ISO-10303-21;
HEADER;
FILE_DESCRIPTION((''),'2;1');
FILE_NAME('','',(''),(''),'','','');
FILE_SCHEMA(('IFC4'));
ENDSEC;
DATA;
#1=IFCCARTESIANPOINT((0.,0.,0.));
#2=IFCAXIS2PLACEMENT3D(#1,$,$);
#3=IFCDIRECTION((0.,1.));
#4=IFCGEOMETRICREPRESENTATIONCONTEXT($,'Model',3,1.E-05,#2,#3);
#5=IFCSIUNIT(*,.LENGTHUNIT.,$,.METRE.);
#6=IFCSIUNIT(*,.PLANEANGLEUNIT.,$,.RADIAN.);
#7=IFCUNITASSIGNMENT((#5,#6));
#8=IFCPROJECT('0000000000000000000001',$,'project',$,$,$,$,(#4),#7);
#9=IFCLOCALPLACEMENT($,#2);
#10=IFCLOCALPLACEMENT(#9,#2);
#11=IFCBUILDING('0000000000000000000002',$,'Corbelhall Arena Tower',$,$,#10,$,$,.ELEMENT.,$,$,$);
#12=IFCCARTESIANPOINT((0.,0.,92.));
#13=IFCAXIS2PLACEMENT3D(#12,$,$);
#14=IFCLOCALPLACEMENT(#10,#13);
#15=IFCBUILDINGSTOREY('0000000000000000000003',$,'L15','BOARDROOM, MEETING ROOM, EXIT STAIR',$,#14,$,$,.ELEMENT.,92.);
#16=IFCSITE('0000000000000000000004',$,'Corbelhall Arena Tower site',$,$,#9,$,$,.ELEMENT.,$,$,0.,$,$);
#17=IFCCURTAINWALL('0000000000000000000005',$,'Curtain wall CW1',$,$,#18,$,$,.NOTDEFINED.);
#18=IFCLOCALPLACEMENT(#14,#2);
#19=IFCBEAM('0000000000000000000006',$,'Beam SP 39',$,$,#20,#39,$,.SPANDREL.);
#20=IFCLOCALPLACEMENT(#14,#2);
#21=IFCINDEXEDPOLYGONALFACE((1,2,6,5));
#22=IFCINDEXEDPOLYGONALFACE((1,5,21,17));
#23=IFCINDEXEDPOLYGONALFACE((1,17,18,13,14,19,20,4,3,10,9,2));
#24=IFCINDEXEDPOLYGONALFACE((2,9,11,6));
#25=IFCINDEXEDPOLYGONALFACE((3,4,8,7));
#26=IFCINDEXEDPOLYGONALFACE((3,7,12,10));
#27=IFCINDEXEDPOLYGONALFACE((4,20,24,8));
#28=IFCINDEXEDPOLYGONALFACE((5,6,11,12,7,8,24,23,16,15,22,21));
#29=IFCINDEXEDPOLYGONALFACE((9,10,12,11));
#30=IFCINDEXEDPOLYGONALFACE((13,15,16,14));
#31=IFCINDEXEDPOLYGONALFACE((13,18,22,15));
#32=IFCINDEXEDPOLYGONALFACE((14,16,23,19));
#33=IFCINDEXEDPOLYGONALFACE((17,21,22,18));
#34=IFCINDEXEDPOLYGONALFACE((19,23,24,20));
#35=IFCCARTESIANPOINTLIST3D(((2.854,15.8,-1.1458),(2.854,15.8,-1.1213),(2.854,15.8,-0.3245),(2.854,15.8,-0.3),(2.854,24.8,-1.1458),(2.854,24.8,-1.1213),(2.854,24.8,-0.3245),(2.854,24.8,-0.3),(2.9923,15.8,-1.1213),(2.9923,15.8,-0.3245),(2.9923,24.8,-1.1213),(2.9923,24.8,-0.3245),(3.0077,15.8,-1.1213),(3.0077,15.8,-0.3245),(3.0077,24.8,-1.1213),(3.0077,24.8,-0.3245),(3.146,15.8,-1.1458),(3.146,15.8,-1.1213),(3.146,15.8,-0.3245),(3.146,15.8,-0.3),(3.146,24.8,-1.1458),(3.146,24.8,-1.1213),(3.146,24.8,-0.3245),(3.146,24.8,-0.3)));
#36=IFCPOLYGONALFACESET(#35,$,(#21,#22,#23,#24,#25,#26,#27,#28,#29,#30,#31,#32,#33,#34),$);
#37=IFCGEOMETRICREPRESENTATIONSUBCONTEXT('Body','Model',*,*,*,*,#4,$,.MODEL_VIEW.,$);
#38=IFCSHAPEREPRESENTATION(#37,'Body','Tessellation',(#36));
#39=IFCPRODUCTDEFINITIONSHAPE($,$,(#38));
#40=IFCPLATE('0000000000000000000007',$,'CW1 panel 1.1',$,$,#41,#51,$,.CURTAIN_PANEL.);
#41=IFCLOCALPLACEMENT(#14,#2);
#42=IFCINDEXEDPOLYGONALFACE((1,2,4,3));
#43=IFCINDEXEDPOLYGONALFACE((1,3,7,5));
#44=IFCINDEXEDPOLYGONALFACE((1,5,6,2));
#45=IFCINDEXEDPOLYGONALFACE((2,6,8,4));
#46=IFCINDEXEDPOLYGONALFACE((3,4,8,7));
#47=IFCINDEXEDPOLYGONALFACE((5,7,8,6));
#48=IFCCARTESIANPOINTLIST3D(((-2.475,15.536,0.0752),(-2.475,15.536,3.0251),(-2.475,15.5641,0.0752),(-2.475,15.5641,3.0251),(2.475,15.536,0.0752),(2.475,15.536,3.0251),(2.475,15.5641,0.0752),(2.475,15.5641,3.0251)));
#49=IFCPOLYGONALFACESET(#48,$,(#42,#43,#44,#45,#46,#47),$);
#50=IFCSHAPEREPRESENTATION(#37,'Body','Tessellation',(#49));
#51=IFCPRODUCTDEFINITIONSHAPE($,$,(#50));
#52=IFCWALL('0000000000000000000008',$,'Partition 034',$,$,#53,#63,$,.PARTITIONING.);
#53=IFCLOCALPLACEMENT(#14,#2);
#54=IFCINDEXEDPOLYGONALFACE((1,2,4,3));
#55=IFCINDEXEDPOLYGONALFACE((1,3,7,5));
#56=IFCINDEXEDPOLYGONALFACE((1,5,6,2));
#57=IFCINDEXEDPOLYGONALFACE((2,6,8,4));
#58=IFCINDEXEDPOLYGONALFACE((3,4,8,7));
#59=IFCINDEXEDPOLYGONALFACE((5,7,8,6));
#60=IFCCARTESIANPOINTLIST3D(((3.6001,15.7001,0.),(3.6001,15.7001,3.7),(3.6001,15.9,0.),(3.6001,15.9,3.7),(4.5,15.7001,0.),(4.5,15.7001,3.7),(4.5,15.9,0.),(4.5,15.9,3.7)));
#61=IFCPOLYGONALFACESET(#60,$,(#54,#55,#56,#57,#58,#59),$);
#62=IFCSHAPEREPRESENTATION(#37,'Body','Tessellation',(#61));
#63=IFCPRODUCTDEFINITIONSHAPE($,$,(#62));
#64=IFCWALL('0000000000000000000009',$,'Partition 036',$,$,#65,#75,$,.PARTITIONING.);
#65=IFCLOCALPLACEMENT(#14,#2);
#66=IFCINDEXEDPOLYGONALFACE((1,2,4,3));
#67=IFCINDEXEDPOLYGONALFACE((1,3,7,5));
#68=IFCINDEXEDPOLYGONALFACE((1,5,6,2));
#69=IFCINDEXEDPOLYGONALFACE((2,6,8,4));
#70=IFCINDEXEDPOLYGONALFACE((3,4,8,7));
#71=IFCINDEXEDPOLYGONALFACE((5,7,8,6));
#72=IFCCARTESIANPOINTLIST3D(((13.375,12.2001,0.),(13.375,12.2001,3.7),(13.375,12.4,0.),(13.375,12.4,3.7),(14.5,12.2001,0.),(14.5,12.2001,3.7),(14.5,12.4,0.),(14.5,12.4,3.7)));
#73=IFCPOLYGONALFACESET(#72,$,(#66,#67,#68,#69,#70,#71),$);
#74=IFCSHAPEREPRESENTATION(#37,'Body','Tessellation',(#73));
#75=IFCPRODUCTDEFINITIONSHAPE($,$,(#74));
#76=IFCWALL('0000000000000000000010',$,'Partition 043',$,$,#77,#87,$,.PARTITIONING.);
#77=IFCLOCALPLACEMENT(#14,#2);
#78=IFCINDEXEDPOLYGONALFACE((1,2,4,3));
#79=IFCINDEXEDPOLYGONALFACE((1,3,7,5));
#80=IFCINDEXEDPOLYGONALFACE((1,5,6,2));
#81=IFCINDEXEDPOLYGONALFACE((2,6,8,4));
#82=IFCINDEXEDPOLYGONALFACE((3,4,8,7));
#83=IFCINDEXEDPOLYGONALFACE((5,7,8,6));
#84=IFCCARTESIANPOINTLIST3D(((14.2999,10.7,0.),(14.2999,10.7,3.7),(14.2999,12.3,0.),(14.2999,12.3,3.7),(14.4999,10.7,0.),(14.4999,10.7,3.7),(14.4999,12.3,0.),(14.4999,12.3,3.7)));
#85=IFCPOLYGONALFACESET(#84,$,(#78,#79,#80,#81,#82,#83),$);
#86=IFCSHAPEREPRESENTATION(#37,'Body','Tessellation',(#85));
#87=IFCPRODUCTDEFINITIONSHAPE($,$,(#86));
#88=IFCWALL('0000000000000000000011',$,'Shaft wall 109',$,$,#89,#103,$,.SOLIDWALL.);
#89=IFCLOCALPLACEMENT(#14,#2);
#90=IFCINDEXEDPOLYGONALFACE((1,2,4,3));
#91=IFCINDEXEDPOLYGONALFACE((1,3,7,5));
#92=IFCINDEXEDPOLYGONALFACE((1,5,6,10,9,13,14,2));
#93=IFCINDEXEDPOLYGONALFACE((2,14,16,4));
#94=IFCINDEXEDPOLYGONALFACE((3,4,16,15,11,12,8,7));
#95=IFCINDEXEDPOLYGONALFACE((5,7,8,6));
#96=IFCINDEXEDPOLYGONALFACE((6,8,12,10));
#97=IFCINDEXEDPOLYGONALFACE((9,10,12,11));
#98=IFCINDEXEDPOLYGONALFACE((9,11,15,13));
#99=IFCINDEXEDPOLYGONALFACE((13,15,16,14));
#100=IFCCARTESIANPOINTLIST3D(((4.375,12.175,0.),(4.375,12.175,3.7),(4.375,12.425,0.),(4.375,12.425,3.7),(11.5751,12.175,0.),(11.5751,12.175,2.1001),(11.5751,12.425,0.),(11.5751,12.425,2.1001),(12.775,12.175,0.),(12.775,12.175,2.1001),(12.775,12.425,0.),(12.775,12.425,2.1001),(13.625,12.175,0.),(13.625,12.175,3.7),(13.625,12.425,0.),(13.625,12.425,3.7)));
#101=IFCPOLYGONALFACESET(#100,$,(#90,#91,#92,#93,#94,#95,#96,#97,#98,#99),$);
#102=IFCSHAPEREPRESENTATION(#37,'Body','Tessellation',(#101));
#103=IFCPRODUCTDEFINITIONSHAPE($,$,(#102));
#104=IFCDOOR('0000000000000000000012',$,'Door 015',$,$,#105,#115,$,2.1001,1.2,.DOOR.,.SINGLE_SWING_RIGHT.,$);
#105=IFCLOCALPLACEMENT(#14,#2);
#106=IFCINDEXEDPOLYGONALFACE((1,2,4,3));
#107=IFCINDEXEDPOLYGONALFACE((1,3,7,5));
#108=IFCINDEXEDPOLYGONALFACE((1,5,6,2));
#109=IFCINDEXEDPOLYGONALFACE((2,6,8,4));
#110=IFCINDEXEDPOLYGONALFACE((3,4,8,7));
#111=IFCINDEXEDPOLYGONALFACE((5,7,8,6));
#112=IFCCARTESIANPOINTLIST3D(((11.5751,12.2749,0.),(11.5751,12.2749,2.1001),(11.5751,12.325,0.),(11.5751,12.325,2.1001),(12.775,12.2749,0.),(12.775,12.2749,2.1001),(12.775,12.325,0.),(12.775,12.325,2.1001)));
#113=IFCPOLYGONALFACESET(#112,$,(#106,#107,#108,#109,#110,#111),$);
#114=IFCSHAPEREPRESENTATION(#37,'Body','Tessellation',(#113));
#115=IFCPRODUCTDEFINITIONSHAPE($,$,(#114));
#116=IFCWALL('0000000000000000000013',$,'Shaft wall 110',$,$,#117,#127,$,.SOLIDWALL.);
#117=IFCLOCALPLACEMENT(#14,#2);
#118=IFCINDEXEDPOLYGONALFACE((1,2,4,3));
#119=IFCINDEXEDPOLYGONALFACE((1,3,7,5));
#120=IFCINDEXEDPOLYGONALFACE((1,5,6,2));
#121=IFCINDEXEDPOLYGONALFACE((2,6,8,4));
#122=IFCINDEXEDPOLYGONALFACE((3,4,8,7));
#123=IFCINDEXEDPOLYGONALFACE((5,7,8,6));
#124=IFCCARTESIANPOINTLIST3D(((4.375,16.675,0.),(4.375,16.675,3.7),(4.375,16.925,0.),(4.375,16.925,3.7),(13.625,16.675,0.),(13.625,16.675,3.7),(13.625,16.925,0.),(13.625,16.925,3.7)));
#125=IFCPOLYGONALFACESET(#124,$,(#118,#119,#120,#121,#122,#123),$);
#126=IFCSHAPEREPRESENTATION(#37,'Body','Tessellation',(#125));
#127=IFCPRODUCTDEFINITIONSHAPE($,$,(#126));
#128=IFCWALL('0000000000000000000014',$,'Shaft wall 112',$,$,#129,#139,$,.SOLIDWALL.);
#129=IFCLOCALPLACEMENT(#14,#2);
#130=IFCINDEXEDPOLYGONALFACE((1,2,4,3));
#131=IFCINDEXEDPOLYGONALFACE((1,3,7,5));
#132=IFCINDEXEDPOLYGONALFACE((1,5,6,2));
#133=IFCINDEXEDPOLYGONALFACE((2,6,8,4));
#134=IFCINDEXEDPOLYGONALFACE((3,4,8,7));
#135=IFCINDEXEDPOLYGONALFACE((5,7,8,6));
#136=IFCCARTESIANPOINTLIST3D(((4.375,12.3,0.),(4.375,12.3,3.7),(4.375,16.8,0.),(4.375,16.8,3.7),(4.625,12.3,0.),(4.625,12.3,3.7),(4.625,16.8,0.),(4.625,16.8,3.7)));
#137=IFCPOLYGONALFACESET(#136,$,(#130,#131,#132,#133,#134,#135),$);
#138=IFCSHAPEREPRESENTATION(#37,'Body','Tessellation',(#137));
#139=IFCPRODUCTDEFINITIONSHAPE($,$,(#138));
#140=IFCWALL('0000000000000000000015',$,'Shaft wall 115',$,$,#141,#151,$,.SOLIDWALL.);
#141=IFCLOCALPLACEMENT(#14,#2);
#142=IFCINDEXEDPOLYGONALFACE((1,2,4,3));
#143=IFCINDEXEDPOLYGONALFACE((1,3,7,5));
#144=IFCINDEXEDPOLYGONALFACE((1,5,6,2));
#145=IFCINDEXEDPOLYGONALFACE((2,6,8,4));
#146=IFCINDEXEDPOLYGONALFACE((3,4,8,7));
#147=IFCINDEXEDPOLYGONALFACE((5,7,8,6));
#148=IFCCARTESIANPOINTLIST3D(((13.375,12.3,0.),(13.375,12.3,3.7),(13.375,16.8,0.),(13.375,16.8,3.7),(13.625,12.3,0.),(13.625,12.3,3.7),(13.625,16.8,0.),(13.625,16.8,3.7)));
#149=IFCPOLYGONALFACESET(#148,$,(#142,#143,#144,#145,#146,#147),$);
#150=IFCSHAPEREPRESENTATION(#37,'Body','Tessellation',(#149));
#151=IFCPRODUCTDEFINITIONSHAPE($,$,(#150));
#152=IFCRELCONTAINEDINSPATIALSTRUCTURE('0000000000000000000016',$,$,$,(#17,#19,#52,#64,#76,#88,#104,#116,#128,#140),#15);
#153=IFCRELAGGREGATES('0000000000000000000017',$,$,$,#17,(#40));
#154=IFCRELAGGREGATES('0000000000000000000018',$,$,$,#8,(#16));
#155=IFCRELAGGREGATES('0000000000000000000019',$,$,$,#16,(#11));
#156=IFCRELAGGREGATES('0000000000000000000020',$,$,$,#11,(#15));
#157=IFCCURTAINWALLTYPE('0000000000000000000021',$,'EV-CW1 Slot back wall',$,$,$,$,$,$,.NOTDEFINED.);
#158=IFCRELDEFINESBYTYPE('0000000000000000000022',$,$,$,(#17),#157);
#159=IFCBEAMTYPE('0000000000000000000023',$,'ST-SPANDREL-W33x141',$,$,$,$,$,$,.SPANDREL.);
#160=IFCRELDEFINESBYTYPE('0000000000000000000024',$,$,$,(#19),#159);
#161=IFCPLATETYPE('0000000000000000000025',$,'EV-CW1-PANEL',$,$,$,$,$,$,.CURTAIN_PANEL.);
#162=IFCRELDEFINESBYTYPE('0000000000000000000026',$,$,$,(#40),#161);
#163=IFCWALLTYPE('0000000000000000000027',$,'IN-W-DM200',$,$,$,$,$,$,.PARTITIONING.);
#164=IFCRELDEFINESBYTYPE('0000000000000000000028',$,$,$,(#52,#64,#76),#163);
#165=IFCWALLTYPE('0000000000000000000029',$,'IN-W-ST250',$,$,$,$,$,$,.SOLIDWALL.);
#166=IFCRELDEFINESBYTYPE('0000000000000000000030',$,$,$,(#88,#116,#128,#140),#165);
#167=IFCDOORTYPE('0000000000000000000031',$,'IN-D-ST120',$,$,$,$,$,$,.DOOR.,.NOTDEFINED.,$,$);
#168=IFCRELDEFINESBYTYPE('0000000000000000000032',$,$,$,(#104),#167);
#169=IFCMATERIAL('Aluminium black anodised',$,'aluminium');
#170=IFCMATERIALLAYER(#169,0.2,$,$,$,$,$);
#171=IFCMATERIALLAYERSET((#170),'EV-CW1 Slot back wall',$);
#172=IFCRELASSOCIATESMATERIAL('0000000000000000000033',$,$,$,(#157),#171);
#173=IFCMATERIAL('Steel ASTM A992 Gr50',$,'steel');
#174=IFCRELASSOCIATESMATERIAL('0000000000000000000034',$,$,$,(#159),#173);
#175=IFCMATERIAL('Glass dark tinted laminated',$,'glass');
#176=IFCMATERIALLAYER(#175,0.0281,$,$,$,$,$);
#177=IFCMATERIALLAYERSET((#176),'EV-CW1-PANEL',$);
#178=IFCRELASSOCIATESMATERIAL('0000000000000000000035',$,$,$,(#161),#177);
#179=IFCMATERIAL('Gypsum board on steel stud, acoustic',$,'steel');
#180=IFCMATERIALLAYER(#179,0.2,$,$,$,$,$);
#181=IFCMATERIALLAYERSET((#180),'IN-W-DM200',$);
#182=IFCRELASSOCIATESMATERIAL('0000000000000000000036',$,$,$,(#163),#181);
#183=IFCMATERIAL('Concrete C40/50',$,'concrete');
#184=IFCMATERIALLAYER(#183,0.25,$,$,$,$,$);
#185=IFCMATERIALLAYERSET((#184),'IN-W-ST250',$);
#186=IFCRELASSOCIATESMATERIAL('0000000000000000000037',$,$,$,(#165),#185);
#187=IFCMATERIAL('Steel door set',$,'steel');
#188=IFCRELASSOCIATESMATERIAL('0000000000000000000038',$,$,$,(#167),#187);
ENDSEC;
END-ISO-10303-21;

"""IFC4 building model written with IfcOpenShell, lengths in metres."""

from ifc_helpers import new_model, si_unit, direction, frame, frame_2d, origin, origin_2d, place, context, subcontext, project, spatial, rectangle, i_section, extrude, material, layer, layer_set, material_profile, profile_set, type_object, element, fill, aggregate, save


model = new_model("IFC4")

# Units and contexts
model_context = context("Model", 3, precision=1e-05, world=origin(), true_north=direction((0.0, 1.0)))
body_context = subcontext(model_context, "Body", "Model", "MODEL_VIEW")
ifc_project = project(units=[si_unit("LENGTHUNIT", "METRE"), si_unit("PLANEANGLEUNIT", "RADIAN")], contexts=[model_context])

# Site, building, storey
site_placement = place(None, origin())
site = spatial("IfcSite", under=ifc_project, at=site_placement, Name="Corbelhall Arena Tower site", CompositionType="ELEMENT", RefElevation=0.0)
building_placement = place(site_placement, origin())
building = spatial("IfcBuilding", under=site, at=building_placement, Name="Corbelhall Arena Tower", CompositionType="ELEMENT")
storey_placement = place(building_placement, frame((0.0, 0.0, 92.0)))
storey = spatial("IfcBuildingStorey", under=building, at=storey_placement, Name="L15", Description="BOARDROOM, MEETING ROOM, EXIT STAIR", CompositionType="ELEMENT", Elevation=92.0)

# Curtain wall
ifc_material_1 = material(Name="Aluminium black anodised", Category="aluminium")
ifc_layer_1 = layer(ifc_material_1, 0.2)
ifc_layer_set_1 = layer_set([ifc_layer_1], Name="EV-CW1 Slot back wall")
curtain_wall_type = type_object("IfcCurtainWallType", Name="EV-CW1 Slot back wall", PredefinedType="NOTDEFINED", material=ifc_layer_set_1)
curtain_wall_placement = place(storey_placement, origin())
curtain_wall = element("IfcCurtainWall", 1, at=curtain_wall_placement, inside=storey, type_object=curtain_wall_type, Name="Curtain wall CW1", PredefinedType="NOTDEFINED")

# Beam
ifc_material_2 = material(Name="Steel ASTM A992 Gr50", Category="steel")
ifc_material_profile_1 = material_profile(ifc_material_2, i_section(OverallWidth=0.292, OverallDepth=0.8457, WebThickness=0.0154, FlangeThickness=0.0244, at=origin_2d()))
ifc_profile_set_1 = profile_set([ifc_material_profile_1], Name="Steel ASTM A992 Gr50")
beam_type_1 = type_object("IfcBeamType", Name="ST-SPANDREL-W33x141", PredefinedType="SPANDREL", material=ifc_profile_set_1)
beam_1_placement = place(storey_placement, frame((3.0, 15.8, -0.7229), z_axis=(0.0, 1.0, 0.0), x_axis=(-1.0, 0.0, 0.0)))
element("IfcBeam", 2, at=beam_1_placement, inside=storey, type_object=beam_type_1, Name="Beam SP 39", PredefinedType="SPANDREL", context=body_context, shape_type="SweptSolid", body=[
    extrude(i_section(OverallWidth=0.292, OverallDepth=0.8457, WebThickness=0.0154, FlangeThickness=0.0244, at=origin_2d()), origin(), (0.0, 0.0, 1.0), 9.0),
])

# Plate
ifc_material_3 = material(Name="Glass dark tinted laminated", Category="glass")
ifc_layer_2 = layer(ifc_material_3, 0.0281)
ifc_layer_set_2 = layer_set([ifc_layer_2], Name="EV-CW1-PANEL")
plate_type = type_object("IfcPlateType", Name="EV-CW1-PANEL", PredefinedType="CURTAIN_PANEL", material=ifc_layer_set_2)
plate_placement = place(storey_placement, frame((0.0, 15.55, 0.0752), z_axis=(0.0, 0.0, 1.0), x_axis=(-1.0, 0.0, 0.0)))
plate = element("IfcPlate", 3, at=plate_placement, type_object=plate_type, Name="CW1 panel 1.1", PredefinedType="CURTAIN_PANEL", context=body_context, shape_type="SweptSolid", body=[
    extrude(rectangle(XDim=4.95, YDim=0.0281, at=origin_2d()), origin(), (0.0, 0.0, 1.0), 2.95),
])
aggregate(curtain_wall, [plate])

# Walls
ifc_material_4 = material(Name="Gypsum board on steel stud, acoustic", Category="steel")
ifc_layer_3 = layer(ifc_material_4, 0.2)
ifc_layer_set_3 = layer_set([ifc_layer_3], Name="IN-W-DM200")
wall_type_1 = type_object("IfcWallType", Name="IN-W-DM200", PredefinedType="PARTITIONING", material=ifc_layer_set_3)
wall_1_placement = place(storey_placement, frame((3.6001, 15.8, 0.0), z_axis=(0.0, 0.0, 1.0), x_axis=(1.0, 0.0, 0.0)))
element("IfcWall", 4, at=wall_1_placement, inside=storey, type_object=wall_type_1, Name="Partition 034", PredefinedType="PARTITIONING", context=body_context, shape_type="SweptSolid", body=[
    extrude(rectangle(XDim=0.8999, YDim=0.2, at=frame_2d((0.45, 0.0))), origin(), (0.0, 0.0, 1.0), 3.7),
])
wall_2_placement = place(storey_placement, frame((13.375, 12.3, 0.0), z_axis=(0.0, 0.0, 1.0), x_axis=(1.0, 0.0, 0.0)))
element("IfcWall", 5, at=wall_2_placement, inside=storey, type_object=wall_type_1, Name="Partition 036", PredefinedType="PARTITIONING", context=body_context, shape_type="SweptSolid", body=[
    extrude(rectangle(XDim=1.125, YDim=0.2, at=frame_2d((0.5625, 0.0))), origin(), (0.0, 0.0, 1.0), 3.7),
])
wall_3_placement = place(storey_placement, frame((14.3999, 12.3, 0.0), z_axis=(0.0, 0.0, 1.0), x_axis=(0.0, -1.0, 0.0)))
element("IfcWall", 6, at=wall_3_placement, inside=storey, type_object=wall_type_1, Name="Partition 043", PredefinedType="PARTITIONING", context=body_context, shape_type="SweptSolid", body=[
    extrude(rectangle(XDim=1.6001, YDim=0.2, at=frame_2d((0.8, 0.0))), origin(), (0.0, 0.0, 1.0), 3.7),
])

# Wall, opening, door
ifc_material_5 = material(Name="Concrete C40/50", Category="concrete")
ifc_layer_4 = layer(ifc_material_5, 0.25)
ifc_layer_set_4 = layer_set([ifc_layer_4], Name="IN-W-ST250")
wall_type_2 = type_object("IfcWallType", Name="IN-W-ST250", PredefinedType="SOLIDWALL", material=ifc_layer_set_4)
wall_4_placement = place(storey_placement, frame((4.375, 12.3, 0.0), z_axis=(0.0, 0.0, 1.0), x_axis=(1.0, 0.0, 0.0)))
wall_4 = element("IfcWall", 7, at=wall_4_placement, inside=storey, type_object=wall_type_2, Name="Shaft wall 109", PredefinedType="SOLIDWALL", context=body_context, shape_type="SweptSolid", body=[
    extrude(rectangle(XDim=9.25, YDim=0.25, at=frame_2d((4.625, 0.0))), origin(), (0.0, 0.0, 1.0), 3.7),
])
opening_1_placement = place(wall_4_placement, frame((7.2, 0.0, 0.0)))
opening_1 = element("IfcOpeningElement", 8, at=opening_1_placement, cuts=wall_4, PredefinedType="OPENING", context=body_context, shape_type="SweptSolid", body=[
    extrude(rectangle(XDim=1.2, YDim=2.1001, at=frame_2d((0.6001, 1.05))), frame((0.0, 0.125, 0.0), z_axis=(0.0, -1.0, 0.0), x_axis=(1.0, 0.0, 0.0)), (0.0, 0.0, 1.0), 0.25),
])
ifc_material_6 = material(Name="Steel door set", Category="steel")
door_type = type_object("IfcDoorType", Name="IN-D-ST120", OperationType="NOTDEFINED", PredefinedType="DOOR", material=ifc_material_6)
door_placement = place(opening_1_placement, origin())
door = element("IfcDoor", 9, at=door_placement, inside=storey, type_object=door_type, Name="Door 015", OperationType="SINGLE_SWING_RIGHT", OverallHeight=2.1001, OverallWidth=1.2, PredefinedType="DOOR", context=body_context, shape_type="SweptSolid", body=[
    extrude(rectangle(XDim=1.2, YDim=2.1001, at=frame_2d((0.6001, 1.05))), frame((0.0, 0.0249, 0.0), z_axis=(0.0, -1.0, 0.0), x_axis=(1.0, 0.0, 0.0)), (0.0, 0.0, 1.0), 0.05),
])
fill(opening_1, door)

# Walls
wall_5_placement = place(storey_placement, frame((4.375, 16.8, 0.0), z_axis=(0.0, 0.0, 1.0), x_axis=(1.0, 0.0, 0.0)))
element("IfcWall", 10, at=wall_5_placement, inside=storey, type_object=wall_type_2, Name="Shaft wall 110", PredefinedType="SOLIDWALL", context=body_context, shape_type="SweptSolid", body=[
    extrude(rectangle(XDim=9.25, YDim=0.25, at=frame_2d((4.625, 0.0))), origin(), (0.0, 0.0, 1.0), 3.7),
])
for number, where, z_axis, x_axis, name in (
    (11, (4.5, 12.3, 0.0), (0.0, 0.0, 1.0), (0.0, 1.0, 0.0), "Shaft wall 112"),
    (12, (13.5, 16.8, 0.0), (0.0, 0.0, 1.0), (0.0, -1.0, 0.0), "Shaft wall 115"),
):
    element("IfcWall", number, at=place(storey_placement, frame(where, z_axis=z_axis, x_axis=x_axis)), inside=storey, type_object=wall_type_2, Name=name, PredefinedType="SOLIDWALL", context=body_context, shape_type="SweptSolid", body=[
        extrude(rectangle(XDim=4.5, YDim=0.25, at=frame_2d((2.25, 0.0))), origin(), (0.0, 0.0, 1.0), 3.7),
    ])

save(model, "model.ifc")
